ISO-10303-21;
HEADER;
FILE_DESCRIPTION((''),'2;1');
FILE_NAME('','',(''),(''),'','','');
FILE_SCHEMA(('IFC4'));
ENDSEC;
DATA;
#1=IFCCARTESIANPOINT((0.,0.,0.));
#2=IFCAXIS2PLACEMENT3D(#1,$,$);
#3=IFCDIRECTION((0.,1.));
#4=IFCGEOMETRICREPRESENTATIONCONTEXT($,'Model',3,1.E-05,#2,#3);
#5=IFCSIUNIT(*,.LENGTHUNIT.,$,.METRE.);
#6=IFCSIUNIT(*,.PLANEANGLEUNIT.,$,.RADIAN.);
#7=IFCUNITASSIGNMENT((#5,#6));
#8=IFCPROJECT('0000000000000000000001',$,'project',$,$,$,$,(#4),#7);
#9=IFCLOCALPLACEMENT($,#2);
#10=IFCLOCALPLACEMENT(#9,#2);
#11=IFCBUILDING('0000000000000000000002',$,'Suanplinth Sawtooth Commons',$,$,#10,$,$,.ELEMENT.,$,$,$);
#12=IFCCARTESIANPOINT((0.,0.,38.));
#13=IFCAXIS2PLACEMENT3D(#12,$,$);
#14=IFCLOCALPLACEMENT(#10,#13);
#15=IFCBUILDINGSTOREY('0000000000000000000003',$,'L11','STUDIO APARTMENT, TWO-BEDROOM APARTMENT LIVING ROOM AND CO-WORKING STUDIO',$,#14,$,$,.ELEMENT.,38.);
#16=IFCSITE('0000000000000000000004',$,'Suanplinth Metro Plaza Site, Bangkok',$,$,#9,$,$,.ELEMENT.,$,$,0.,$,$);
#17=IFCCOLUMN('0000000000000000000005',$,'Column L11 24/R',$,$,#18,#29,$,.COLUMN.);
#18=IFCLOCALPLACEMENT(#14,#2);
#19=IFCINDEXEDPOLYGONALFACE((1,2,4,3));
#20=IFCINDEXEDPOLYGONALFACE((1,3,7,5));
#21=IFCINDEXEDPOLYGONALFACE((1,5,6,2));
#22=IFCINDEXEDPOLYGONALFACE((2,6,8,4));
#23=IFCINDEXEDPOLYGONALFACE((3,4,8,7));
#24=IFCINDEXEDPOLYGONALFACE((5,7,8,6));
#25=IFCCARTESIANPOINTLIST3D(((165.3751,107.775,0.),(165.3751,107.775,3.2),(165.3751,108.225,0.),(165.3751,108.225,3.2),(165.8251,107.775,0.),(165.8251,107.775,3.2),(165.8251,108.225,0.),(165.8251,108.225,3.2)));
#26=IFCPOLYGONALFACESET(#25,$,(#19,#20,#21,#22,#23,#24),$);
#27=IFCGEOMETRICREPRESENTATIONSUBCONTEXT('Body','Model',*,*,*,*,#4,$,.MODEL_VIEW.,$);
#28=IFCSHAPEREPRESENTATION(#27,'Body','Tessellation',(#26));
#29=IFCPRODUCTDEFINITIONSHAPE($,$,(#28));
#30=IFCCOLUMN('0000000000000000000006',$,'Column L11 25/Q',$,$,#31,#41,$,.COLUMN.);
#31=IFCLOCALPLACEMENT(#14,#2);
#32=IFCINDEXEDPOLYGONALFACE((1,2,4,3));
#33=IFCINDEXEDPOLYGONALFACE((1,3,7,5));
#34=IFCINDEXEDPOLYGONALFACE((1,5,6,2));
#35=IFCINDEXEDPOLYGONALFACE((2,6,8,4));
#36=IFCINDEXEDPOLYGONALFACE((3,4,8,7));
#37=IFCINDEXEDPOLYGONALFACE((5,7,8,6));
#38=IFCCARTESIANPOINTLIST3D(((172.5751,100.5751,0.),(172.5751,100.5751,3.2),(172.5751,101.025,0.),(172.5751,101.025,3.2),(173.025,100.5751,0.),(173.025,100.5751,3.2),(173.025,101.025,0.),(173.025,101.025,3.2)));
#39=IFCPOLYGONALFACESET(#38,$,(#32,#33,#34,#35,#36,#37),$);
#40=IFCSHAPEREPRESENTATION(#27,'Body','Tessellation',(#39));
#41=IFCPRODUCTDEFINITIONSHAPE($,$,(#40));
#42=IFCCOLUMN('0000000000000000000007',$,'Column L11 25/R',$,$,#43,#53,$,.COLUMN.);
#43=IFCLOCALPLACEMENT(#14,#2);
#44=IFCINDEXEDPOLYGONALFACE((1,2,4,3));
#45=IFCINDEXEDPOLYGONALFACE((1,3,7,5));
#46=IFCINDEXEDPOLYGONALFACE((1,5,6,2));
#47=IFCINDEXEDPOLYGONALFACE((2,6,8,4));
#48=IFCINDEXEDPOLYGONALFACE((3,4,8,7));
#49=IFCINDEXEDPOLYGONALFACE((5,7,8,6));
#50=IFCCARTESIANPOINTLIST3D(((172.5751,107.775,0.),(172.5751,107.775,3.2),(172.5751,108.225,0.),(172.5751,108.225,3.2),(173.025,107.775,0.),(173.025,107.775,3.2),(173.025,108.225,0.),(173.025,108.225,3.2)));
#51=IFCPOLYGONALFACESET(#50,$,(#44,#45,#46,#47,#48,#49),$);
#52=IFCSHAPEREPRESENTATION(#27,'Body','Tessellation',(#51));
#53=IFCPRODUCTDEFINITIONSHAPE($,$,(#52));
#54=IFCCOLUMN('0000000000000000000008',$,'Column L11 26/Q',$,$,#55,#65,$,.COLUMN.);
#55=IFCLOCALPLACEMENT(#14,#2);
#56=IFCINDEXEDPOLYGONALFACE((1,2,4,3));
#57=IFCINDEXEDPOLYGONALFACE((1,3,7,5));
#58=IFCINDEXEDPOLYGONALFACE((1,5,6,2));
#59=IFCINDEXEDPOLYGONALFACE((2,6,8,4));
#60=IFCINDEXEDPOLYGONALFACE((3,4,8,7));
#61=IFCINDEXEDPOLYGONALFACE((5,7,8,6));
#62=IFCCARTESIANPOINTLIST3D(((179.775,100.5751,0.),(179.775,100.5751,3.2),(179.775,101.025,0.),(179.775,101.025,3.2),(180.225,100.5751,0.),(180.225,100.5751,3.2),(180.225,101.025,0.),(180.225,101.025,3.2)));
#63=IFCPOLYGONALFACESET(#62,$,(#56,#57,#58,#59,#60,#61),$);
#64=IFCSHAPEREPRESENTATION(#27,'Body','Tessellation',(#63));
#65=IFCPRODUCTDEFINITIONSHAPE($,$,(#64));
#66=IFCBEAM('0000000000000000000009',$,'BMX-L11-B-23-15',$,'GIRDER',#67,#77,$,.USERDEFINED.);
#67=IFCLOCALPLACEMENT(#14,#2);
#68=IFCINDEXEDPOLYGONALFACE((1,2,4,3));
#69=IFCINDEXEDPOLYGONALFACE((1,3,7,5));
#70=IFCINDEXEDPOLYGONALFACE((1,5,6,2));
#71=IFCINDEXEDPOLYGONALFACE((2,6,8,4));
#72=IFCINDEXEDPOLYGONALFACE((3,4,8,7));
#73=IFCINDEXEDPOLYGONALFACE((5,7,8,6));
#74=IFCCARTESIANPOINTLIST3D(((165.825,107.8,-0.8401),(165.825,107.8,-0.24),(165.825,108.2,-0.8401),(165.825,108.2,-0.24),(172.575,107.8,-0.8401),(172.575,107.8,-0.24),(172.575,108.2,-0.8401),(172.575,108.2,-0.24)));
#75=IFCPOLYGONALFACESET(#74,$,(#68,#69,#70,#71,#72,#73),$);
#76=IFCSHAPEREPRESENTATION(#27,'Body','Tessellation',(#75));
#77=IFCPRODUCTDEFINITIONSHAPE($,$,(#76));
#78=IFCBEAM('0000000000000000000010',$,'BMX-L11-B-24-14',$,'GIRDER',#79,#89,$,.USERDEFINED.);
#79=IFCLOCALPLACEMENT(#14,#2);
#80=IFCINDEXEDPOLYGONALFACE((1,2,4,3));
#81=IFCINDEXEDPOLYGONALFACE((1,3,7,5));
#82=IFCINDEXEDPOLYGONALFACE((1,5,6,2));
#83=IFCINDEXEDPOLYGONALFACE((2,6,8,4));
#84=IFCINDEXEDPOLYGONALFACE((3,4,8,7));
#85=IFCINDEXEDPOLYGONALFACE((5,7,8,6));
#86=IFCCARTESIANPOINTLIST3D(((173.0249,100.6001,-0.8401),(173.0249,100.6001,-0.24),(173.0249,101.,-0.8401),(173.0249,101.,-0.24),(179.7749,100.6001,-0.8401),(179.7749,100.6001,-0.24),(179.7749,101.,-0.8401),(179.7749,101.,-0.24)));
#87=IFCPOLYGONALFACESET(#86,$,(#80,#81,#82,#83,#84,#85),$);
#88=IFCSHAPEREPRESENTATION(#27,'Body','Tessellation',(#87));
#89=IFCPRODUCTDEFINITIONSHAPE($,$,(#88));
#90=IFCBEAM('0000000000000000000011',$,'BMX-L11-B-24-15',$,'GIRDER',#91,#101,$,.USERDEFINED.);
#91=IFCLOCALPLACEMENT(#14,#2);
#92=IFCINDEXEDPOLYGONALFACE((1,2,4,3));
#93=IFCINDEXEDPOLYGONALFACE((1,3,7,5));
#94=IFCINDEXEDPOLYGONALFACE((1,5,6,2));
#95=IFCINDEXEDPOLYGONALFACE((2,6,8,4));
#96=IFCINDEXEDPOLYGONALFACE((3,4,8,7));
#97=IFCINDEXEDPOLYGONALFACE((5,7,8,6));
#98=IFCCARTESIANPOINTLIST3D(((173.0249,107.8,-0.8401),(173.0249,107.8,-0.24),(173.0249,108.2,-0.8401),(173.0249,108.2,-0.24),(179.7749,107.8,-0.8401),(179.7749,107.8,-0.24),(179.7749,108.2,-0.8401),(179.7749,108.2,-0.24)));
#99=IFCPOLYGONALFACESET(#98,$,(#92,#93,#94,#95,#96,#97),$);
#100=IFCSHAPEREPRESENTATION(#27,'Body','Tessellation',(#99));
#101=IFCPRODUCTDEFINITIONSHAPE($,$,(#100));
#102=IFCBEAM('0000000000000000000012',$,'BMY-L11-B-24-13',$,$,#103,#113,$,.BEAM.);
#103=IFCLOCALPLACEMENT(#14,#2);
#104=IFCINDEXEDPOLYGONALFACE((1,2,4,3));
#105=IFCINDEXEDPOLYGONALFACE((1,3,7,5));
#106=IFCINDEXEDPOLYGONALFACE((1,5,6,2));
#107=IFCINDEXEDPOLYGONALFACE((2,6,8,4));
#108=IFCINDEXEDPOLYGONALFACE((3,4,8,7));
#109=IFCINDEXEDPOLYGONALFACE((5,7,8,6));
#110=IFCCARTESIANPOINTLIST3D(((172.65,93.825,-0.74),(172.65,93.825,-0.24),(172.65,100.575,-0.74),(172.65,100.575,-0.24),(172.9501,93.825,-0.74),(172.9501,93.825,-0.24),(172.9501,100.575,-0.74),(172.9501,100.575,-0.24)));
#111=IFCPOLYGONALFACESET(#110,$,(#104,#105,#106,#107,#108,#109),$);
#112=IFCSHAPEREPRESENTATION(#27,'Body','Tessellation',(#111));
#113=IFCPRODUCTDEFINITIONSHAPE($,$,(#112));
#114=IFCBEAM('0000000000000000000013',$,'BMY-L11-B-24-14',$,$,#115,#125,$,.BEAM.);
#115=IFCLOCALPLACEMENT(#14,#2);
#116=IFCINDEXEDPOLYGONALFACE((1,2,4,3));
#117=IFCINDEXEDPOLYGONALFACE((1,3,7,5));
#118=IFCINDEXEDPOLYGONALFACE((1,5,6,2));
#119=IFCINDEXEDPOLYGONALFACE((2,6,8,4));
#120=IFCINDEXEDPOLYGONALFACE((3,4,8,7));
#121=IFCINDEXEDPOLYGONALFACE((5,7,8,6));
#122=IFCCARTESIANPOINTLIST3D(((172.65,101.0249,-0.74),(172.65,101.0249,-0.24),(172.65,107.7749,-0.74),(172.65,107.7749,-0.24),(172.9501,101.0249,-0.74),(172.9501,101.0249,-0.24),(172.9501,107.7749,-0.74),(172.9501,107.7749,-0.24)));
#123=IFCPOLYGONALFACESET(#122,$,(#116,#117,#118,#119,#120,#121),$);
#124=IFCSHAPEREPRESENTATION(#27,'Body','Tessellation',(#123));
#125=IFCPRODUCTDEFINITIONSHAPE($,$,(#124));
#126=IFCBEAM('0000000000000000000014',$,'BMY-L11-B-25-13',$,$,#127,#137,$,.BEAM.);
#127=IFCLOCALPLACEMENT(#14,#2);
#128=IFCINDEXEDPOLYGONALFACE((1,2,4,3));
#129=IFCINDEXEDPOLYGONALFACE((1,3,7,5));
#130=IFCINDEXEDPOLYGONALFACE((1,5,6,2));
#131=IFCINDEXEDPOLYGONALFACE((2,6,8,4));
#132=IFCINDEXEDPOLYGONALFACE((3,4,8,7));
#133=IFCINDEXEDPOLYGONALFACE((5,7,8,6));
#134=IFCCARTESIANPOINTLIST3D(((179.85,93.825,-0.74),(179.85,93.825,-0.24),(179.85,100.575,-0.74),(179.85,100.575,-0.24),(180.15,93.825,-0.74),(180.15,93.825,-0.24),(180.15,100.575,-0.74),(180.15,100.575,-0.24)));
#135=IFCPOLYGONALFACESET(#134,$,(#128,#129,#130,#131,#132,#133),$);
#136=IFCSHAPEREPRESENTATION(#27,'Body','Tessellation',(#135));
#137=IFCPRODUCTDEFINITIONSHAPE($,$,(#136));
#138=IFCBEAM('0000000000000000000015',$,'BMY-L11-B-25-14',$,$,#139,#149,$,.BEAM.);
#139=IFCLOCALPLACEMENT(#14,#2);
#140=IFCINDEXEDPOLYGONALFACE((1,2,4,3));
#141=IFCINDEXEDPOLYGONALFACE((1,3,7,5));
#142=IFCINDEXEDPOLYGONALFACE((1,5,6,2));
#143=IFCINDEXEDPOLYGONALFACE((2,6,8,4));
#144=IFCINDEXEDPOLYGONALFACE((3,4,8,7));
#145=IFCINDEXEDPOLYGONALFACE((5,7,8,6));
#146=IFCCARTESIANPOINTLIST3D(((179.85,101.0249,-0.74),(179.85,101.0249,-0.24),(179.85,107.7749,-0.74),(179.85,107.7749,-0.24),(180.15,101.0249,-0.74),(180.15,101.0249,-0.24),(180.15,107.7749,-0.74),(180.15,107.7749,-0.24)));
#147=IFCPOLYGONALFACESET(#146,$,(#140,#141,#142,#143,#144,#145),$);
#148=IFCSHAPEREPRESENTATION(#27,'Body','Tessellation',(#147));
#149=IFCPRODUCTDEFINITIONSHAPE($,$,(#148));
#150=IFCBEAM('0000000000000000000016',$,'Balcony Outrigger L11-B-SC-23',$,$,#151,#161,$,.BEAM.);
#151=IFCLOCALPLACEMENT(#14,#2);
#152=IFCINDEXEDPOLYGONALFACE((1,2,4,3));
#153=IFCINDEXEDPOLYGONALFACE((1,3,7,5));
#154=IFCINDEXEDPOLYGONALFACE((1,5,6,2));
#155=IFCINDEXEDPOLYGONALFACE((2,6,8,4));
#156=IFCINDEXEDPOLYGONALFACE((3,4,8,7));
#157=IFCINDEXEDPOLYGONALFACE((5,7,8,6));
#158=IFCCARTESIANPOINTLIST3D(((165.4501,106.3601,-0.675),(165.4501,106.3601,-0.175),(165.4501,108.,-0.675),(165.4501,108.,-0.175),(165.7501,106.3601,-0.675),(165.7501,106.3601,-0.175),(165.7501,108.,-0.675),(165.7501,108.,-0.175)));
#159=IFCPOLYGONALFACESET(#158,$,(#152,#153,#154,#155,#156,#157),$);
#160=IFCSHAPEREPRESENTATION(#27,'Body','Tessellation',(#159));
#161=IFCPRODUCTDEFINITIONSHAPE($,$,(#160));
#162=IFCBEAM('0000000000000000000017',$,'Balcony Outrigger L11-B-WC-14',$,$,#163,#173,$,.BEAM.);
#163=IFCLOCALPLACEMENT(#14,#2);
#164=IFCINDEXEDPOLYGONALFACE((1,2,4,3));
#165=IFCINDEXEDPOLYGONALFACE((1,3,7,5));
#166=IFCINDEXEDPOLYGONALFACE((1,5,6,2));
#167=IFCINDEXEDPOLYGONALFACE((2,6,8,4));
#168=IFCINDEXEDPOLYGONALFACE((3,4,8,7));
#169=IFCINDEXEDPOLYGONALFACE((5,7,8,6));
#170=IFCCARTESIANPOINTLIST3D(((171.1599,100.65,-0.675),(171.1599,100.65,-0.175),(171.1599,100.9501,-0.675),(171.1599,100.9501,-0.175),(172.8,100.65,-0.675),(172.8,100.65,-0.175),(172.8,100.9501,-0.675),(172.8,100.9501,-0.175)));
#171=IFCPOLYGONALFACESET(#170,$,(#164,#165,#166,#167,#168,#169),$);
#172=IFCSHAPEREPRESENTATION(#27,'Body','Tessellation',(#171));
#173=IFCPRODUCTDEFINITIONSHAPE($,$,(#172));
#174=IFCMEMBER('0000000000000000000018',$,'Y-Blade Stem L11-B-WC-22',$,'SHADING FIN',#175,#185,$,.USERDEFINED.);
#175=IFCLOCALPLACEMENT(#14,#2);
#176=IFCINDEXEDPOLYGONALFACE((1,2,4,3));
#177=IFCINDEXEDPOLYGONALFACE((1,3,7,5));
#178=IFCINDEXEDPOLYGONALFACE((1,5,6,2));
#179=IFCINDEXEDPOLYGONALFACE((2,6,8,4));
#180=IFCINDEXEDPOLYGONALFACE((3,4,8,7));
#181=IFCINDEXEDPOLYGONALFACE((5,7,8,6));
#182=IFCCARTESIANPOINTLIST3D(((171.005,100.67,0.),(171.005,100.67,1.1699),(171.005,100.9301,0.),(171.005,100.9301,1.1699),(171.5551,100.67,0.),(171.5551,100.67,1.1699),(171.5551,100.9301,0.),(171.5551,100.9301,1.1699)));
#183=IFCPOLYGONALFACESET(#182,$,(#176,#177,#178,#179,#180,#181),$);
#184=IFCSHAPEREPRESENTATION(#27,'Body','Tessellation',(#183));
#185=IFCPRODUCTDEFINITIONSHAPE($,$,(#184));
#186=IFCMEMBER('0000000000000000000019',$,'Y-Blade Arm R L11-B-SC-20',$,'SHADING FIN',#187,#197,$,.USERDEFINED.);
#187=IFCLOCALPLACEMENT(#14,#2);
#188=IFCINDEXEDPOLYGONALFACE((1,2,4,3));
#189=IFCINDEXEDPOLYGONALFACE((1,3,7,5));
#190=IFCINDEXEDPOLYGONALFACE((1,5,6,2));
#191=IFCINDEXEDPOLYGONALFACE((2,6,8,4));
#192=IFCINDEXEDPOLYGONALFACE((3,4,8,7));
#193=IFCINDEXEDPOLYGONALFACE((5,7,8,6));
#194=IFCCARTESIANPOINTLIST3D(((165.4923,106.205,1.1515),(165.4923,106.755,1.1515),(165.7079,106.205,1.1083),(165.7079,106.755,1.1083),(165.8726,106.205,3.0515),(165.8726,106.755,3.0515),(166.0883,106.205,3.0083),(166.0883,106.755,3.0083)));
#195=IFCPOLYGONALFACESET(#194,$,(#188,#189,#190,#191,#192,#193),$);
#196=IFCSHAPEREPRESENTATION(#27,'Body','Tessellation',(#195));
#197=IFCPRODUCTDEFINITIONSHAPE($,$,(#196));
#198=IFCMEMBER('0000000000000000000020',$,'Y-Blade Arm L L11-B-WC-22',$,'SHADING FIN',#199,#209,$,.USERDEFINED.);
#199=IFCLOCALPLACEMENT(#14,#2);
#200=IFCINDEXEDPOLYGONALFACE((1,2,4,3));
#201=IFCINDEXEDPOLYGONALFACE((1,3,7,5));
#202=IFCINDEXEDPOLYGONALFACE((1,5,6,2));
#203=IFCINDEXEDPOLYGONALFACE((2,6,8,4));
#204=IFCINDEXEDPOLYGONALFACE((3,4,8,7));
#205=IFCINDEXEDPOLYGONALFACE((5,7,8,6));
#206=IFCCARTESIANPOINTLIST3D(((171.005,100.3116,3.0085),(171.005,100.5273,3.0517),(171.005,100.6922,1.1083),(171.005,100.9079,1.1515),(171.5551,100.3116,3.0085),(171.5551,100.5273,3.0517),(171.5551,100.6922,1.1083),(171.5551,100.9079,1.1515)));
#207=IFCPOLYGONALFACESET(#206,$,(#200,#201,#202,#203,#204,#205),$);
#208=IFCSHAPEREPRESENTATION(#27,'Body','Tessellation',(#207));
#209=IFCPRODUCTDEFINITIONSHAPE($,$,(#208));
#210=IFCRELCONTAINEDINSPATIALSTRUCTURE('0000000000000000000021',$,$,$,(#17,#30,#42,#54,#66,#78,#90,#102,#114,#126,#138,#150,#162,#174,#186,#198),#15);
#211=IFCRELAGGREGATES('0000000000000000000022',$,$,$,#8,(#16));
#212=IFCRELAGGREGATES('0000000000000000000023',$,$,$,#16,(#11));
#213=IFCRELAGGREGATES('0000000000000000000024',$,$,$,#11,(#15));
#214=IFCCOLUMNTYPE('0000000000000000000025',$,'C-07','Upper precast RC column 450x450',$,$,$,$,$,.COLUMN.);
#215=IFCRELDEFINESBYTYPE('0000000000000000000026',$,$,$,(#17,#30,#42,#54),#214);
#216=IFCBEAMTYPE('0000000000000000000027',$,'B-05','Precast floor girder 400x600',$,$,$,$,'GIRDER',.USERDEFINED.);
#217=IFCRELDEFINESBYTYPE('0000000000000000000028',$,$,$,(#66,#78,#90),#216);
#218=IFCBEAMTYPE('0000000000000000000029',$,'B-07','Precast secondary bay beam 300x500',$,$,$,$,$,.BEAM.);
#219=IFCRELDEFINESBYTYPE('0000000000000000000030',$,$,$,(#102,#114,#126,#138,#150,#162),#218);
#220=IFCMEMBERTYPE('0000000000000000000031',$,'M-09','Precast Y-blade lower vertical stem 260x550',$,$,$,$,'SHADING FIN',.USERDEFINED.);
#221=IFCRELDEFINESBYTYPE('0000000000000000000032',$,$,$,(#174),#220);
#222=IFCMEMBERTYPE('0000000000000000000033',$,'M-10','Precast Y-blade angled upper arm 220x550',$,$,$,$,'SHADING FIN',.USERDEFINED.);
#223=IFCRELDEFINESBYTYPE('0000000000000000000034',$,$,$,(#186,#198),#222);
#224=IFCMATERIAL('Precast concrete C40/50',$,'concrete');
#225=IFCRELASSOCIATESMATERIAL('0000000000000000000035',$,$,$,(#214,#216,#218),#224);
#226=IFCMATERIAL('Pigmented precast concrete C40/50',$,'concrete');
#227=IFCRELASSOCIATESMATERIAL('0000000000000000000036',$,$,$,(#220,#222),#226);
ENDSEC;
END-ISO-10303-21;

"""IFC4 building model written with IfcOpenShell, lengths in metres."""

from ifc_helpers import new_model, si_unit, direction, frame, origin, origin_2d, place, context, subcontext, project, spatial, rectangle, extrude, material, material_profile, profile_set, type_object, element, save


model = new_model("IFC4")

# Units and contexts
model_context = context("Model", 3, precision=1e-05, world=origin(), true_north=direction((0.0, 1.0)))
body_context = subcontext(model_context, "Body", "Model", "MODEL_VIEW")
ifc_project = project(units=[si_unit("LENGTHUNIT", "METRE"), si_unit("PLANEANGLEUNIT", "RADIAN")], contexts=[model_context])

# Site, building, storey
site_placement = place(None, origin())
site = spatial("IfcSite", under=ifc_project, at=site_placement, Name="Suanplinth Metro Plaza Site, Bangkok", CompositionType="ELEMENT", RefElevation=0.0)
building_placement = place(site_placement, origin())
building = spatial("IfcBuilding", under=site, at=building_placement, Name="Suanplinth Sawtooth Commons", CompositionType="ELEMENT")
storey_placement = place(building_placement, frame((0.0, 0.0, 38.0)))
storey = spatial("IfcBuildingStorey", under=building, at=storey_placement, Name="L11", Description="STUDIO APARTMENT, TWO-BEDROOM APARTMENT LIVING ROOM AND CO-WORKING STUDIO", CompositionType="ELEMENT", Elevation=38.0)

# Columns
ifc_material_1 = material(Name="Precast concrete C40/50", Category="concrete")
ifc_material_profile_1 = material_profile(ifc_material_1, rectangle(XDim=0.45, YDim=0.45, at=origin_2d()), Name="PC-COL 450x450")
ifc_profile_set_1 = profile_set([ifc_material_profile_1], Name="Precast concrete C40/50")
column_type = type_object("IfcColumnType", Name="C-07", Description="Upper precast RC column 450x450", PredefinedType="COLUMN", material=ifc_profile_set_1)
for number, where, z_axis, x_axis, name in (
    (1, (165.6001, 108.0, 0.0), (0.0, 0.0, 1.0), (1.0, 0.0, 0.0), "Column L11 24/R"),
    (2, (172.8, 100.8, 0.0), (0.0, 0.0, 1.0), (1.0, 0.0, 0.0), "Column L11 25/Q"),
    (3, (172.8, 108.0, 0.0), (0.0, 0.0, 1.0), (1.0, 0.0, 0.0), "Column L11 25/R"),
    (4, (180.0, 100.8, 0.0), (0.0, 0.0, 1.0), (1.0, 0.0, 0.0), "Column L11 26/Q"),
):
    element("IfcColumn", number, at=place(storey_placement, frame(where, z_axis=z_axis, x_axis=x_axis)), inside=storey, type_object=column_type, Name=name, PredefinedType="COLUMN", context=body_context, shape_type="SweptSolid", body=[
        extrude(rectangle(XDim=0.45, YDim=0.45, at=origin_2d()), origin(), (0.0, 0.0, 1.0), 3.2),
    ])

# Beams
ifc_material_profile_2 = material_profile(ifc_material_1, rectangle(XDim=0.3999, YDim=0.6001, at=origin_2d()), Name="PC-GDR 400x600")
ifc_profile_set_2 = profile_set([ifc_material_profile_2], Name="Precast concrete C40/50")
beam_type_1 = type_object("IfcBeamType", Name="B-05", Description="Precast floor girder 400x600", ElementType="GIRDER", PredefinedType="USERDEFINED", material=ifc_profile_set_2)
for number, where, z_axis, x_axis, name in (
    (5, (165.825, 108.0, -0.54), (1.0, 0.0, 0.0), (0.0, 1.0, 0.0), "BMX-L11-B-23-15"),
    (6, (173.0249, 100.8, -0.54), (1.0, 0.0, 0.0), (0.0, 1.0, 0.0), "BMX-L11-B-24-14"),
    (7, (173.0249, 108.0, -0.54), (1.0, 0.0, 0.0), (0.0, 1.0, 0.0), "BMX-L11-B-24-15"),
):
    element("IfcBeam", number, at=place(storey_placement, frame(where, z_axis=z_axis, x_axis=x_axis)), inside=storey, type_object=beam_type_1, Name=name, ObjectType="GIRDER", PredefinedType="USERDEFINED", context=body_context, shape_type="SweptSolid", body=[
        extrude(rectangle(XDim=0.3999, YDim=0.6001, at=origin_2d()), origin(), (0.0, 0.0, 1.0), 6.75),
    ])
ifc_material_profile_3 = material_profile(ifc_material_1, rectangle(XDim=0.3, YDim=0.5, at=origin_2d()), Name="PC-BM 300x500")
ifc_profile_set_3 = profile_set([ifc_material_profile_3], Name="Precast concrete C40/50")
beam_type_2 = type_object("IfcBeamType", Name="B-07", Description="Precast secondary bay beam 300x500", PredefinedType="BEAM", material=ifc_profile_set_3)
for number, where, z_axis, x_axis, name in (
    (8, (172.8, 93.825, -0.49), (0.0, 1.0, 0.0), (-1.0, 0.0, 0.0), "BMY-L11-B-24-13"),
    (9, (172.8, 101.0249, -0.49), (0.0, 1.0, 0.0), (-1.0, 0.0, 0.0), "BMY-L11-B-24-14"),
    (10, (180.0, 93.825, -0.49), (0.0, 1.0, 0.0), (-1.0, 0.0, 0.0), "BMY-L11-B-25-13"),
    (11, (180.0, 101.0249, -0.49), (0.0, 1.0, 0.0), (-1.0, 0.0, 0.0), "BMY-L11-B-25-14"),
):
    element("IfcBeam", number, at=place(storey_placement, frame(where, z_axis=z_axis, x_axis=x_axis)), inside=storey, type_object=beam_type_2, Name=name, PredefinedType="BEAM", context=body_context, shape_type="SweptSolid", body=[
        extrude(rectangle(XDim=0.3, YDim=0.5, at=origin_2d()), origin(), (0.0, 0.0, 1.0), 6.75),
    ])
beam_1_placement = place(storey_placement, frame((165.6001, 108.0, -0.425), z_axis=(0.0, -1.0, 0.0), x_axis=(1.0, 0.0, 0.0)))
element("IfcBeam", 12, at=beam_1_placement, inside=storey, type_object=beam_type_2, Name="Balcony Outrigger L11-B-SC-23", PredefinedType="BEAM", context=body_context, shape_type="SweptSolid", body=[
    extrude(rectangle(XDim=0.3, YDim=0.5, at=origin_2d()), origin(), (0.0, 0.0, 1.0), 1.6399),
])
beam_2_placement = place(storey_placement, frame((172.8, 100.8, -0.425), z_axis=(-1.0, 0.0, 0.0), x_axis=(0.0, -1.0, 0.0)))
element("IfcBeam", 13, at=beam_2_placement, inside=storey, type_object=beam_type_2, Name="Balcony Outrigger L11-B-WC-14", PredefinedType="BEAM", context=body_context, shape_type="SweptSolid", body=[
    extrude(rectangle(XDim=0.3, YDim=0.5, at=origin_2d()), origin(), (0.0, 0.0, 1.0), 1.6401),
])

# Members
ifc_material_2 = material(Name="Pigmented precast concrete C40/50", Category="concrete")
ifc_material_profile_4 = material_profile(ifc_material_2, rectangle(XDim=0.26, YDim=0.55, at=origin_2d()), Name="PC-FIN 260x550")
ifc_profile_set_4 = profile_set([ifc_material_profile_4], Name="Pigmented precast concrete C40/50")
member_type_1 = type_object("IfcMemberType", Name="M-09", Description="Precast Y-blade lower vertical stem 260x550", ElementType="SHADING FIN", PredefinedType="USERDEFINED", material=ifc_profile_set_4)
member_1_placement = place(storey_placement, frame((171.28, 100.8, 0.0), z_axis=(0.0, 0.0, 1.0), x_axis=(0.0, 1.0, 0.0)))
element("IfcMember", 14, at=member_1_placement, inside=storey, type_object=member_type_1, Name="Y-Blade Stem L11-B-WC-22", ObjectType="SHADING FIN", PredefinedType="USERDEFINED", context=body_context, shape_type="SweptSolid", body=[
    extrude(rectangle(XDim=0.26, YDim=0.55, at=origin_2d()), origin(), (0.0, 0.0, 1.0), 1.1699),
])
ifc_material_profile_5 = material_profile(ifc_material_2, rectangle(XDim=0.22, YDim=0.55, at=origin_2d()), Name="PC-FIN 220x550")
ifc_profile_set_5 = profile_set([ifc_material_profile_5], Name="Pigmented precast concrete C40/50")
member_type_2 = type_object("IfcMemberType", Name="M-10", Description="Precast Y-blade angled upper arm 220x550", ElementType="SHADING FIN", PredefinedType="USERDEFINED", material=ifc_profile_set_5)
member_2_placement = place(storey_placement, frame((165.6001, 106.48, 1.1299), z_axis=(0.196286, 0.0, 0.980547), x_axis=(-0.980547, 0.0, 0.196286)))
element("IfcMember", 15, at=member_2_placement, inside=storey, type_object=member_type_2, Name="Y-Blade Arm R L11-B-SC-20", ObjectType="SHADING FIN", PredefinedType="USERDEFINED", context=body_context, shape_type="SweptSolid", body=[
    extrude(rectangle(XDim=0.22, YDim=0.55, at=origin_2d()), origin(), (0.0, 0.0, 1.0), 1.9377),
])
member_3_placement = place(storey_placement, frame((171.28, 100.8, 1.1299), z_axis=(0.0, -0.196407, 0.980522), x_axis=(0.0, 0.980522, 0.196407)))
element("IfcMember", 16, at=member_3_placement, inside=storey, type_object=member_type_2, Name="Y-Blade Arm L L11-B-WC-22", ObjectType="SHADING FIN", PredefinedType="USERDEFINED", context=body_context, shape_type="SweptSolid", body=[
    extrude(rectangle(XDim=0.22, YDim=0.55, at=origin_2d()), origin(), (0.0, 0.0, 1.0), 1.938),
])

save(model, "model.ifc")
